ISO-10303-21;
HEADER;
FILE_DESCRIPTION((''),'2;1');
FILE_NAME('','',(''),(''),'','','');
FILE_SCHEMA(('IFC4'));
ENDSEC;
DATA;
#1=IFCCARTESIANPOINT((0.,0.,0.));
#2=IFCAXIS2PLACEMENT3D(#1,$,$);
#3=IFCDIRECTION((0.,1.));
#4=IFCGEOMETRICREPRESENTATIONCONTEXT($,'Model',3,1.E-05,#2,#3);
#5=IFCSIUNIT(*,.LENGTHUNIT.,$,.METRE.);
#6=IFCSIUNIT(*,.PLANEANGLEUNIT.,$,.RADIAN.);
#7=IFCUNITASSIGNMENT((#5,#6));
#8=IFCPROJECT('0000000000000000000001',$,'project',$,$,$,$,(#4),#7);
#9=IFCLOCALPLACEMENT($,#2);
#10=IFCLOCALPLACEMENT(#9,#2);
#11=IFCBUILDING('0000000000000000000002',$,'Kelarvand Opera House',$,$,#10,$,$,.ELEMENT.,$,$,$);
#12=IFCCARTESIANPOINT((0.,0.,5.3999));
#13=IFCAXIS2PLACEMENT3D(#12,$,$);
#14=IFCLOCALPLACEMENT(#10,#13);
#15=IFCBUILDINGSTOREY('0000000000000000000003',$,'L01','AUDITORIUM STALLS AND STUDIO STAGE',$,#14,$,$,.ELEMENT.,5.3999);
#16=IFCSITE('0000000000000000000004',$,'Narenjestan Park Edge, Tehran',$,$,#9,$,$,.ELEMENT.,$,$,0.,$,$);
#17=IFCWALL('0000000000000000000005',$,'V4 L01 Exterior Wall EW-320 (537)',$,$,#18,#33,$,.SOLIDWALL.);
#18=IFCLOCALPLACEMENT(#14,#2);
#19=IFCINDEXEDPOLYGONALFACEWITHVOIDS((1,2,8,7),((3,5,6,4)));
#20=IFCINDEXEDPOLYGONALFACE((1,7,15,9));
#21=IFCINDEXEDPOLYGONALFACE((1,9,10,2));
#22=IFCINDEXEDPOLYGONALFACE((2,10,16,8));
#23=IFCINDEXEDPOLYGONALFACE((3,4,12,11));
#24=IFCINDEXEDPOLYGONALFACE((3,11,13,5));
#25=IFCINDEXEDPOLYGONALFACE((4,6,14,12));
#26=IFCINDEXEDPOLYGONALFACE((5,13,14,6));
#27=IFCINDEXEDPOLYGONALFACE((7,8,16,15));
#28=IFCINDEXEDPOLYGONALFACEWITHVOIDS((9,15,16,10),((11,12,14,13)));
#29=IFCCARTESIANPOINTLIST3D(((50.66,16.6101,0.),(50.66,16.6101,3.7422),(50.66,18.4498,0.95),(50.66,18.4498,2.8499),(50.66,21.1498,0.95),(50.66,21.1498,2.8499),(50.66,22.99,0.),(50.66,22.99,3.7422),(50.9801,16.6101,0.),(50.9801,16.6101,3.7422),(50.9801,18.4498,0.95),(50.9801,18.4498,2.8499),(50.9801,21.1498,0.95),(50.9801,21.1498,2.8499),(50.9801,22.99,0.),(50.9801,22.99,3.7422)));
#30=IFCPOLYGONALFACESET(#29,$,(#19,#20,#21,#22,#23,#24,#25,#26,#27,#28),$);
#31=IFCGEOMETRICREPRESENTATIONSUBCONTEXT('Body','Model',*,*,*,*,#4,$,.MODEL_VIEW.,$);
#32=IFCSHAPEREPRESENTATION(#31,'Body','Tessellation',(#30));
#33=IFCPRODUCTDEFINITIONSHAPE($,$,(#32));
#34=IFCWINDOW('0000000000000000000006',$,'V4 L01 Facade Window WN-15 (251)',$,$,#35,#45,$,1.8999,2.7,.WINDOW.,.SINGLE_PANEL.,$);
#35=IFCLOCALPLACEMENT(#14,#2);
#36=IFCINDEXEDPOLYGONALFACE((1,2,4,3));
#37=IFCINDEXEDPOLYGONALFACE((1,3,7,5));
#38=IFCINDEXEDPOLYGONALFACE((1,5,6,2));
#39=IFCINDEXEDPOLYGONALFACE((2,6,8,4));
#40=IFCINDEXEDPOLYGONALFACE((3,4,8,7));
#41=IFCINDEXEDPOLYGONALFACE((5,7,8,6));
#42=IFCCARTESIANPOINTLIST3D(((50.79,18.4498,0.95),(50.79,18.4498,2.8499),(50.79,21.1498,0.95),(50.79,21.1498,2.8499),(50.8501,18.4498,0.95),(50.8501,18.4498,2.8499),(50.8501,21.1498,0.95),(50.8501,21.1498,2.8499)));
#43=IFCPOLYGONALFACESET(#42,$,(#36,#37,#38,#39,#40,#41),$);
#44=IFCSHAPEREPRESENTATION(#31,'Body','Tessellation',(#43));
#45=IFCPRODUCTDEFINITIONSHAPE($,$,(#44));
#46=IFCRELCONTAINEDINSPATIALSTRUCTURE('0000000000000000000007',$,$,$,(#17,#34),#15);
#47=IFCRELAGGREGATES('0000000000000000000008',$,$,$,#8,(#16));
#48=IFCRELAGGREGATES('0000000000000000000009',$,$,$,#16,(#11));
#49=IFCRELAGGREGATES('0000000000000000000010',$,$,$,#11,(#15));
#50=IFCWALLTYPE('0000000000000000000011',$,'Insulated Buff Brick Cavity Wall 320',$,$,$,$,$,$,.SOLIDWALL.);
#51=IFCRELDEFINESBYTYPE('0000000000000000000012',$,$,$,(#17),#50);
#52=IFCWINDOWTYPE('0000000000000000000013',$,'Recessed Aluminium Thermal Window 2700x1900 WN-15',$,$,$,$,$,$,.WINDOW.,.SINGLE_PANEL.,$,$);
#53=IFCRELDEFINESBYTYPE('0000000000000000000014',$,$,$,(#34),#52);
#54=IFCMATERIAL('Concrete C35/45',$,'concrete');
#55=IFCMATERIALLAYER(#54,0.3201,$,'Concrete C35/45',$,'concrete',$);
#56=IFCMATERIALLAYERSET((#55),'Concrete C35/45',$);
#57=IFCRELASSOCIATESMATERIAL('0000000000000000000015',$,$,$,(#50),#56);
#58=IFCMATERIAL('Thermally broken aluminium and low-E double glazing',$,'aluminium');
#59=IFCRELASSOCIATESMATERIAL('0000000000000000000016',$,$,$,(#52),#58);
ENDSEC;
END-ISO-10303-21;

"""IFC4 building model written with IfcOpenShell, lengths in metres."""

from ifc_helpers import new_model, si_unit, direction, frame, frame_2d, origin, place, context, subcontext, project, spatial, rectangle, extrude, material, layer, layer_set, type_object, element, fill, save


model = new_model("IFC4")

# Units and contexts
model_context = context("Model", 3, precision=1e-05, world=origin(), true_north=direction((0.0, 1.0)))
body_context = subcontext(model_context, "Body", "Model", "MODEL_VIEW")
ifc_project = project(units=[si_unit("LENGTHUNIT", "METRE"), si_unit("PLANEANGLEUNIT", "RADIAN")], contexts=[model_context])

# Site, building, storey
site_placement = place(None, origin())
site = spatial("IfcSite", under=ifc_project, at=site_placement, Name="Narenjestan Park Edge, Tehran", CompositionType="ELEMENT", RefElevation=0.0)
building_placement = place(site_placement, origin())
building = spatial("IfcBuilding", under=site, at=building_placement, Name="Kelarvand Opera House", CompositionType="ELEMENT")
storey_placement = place(building_placement, frame((0.0, 0.0, 5.3999)))
storey = spatial("IfcBuildingStorey", under=building, at=storey_placement, Name="L01", Description="AUDITORIUM STALLS AND STUDIO STAGE", CompositionType="ELEMENT", Elevation=5.3999)

# Wall, opening, window
ifc_material_1 = material(Name="Concrete C35/45", Category="concrete")
ifc_layer_1 = layer(ifc_material_1, 0.3201, Name="Concrete C35/45", Category="concrete")
ifc_layer_set_1 = layer_set([ifc_layer_1], Name="Concrete C35/45")
wall_type = type_object("IfcWallType", Name="Insulated Buff Brick Cavity Wall 320", PredefinedType="SOLIDWALL", material=ifc_layer_set_1)
wall_placement = place(storey_placement, frame((50.8201, 22.99, 0.0), z_axis=(0.0, 0.0, 1.0), x_axis=(0.0, -1.0, 0.0)))
wall = element("IfcWall", 1, at=wall_placement, inside=storey, type_object=wall_type, Name="V4 L01 Exterior Wall EW-320 (537)", PredefinedType="SOLIDWALL", context=body_context, shape_type="SweptSolid", body=[
    extrude(rectangle(XDim=6.3799, YDim=0.3201, at=frame_2d((3.1899, 0.0))), origin(), (0.0, 0.0, 1.0), 3.7422),
])
opening_placement = place(wall_placement, frame((1.8401, 0.0, 0.95)))
opening = element("IfcOpeningElement", 2, at=opening_placement, cuts=wall, PredefinedType="OPENING", context=body_context, shape_type="SweptSolid", body=[
    extrude(rectangle(XDim=2.7, YDim=1.8999, at=frame_2d((1.3501, 0.95))), frame((0.0, 0.1699, 0.0), z_axis=(0.0, -1.0, 0.0), x_axis=(1.0, 0.0, 0.0)), (0.0, 0.0, 1.0), 0.3401),
])
ifc_material_2 = material(Name="Thermally broken aluminium and low-E double glazing", Category="aluminium")
window_type = type_object("IfcWindowType", Name="Recessed Aluminium Thermal Window 2700x1900 WN-15", PartitioningType="SINGLE_PANEL", PredefinedType="WINDOW", material=ifc_material_2)
window_placement = place(opening_placement, origin())
window = element("IfcWindow", 3, at=window_placement, inside=storey, type_object=window_type, Name="V4 L01 Facade Window WN-15 (251)", OverallHeight=1.8999, OverallWidth=2.7, PartitioningType="SINGLE_PANEL", PredefinedType="WINDOW", context=body_context, shape_type="SweptSolid", body=[
    extrude(rectangle(XDim=2.7, YDim=1.8999, at=frame_2d((1.3501, 0.95))), frame((0.0, 0.03, 0.0), z_axis=(0.0, -1.0, 0.0), x_axis=(1.0, 0.0, 0.0)), (0.0, 0.0, 1.0), 0.0601),
])
fill(opening, window)

save(model, "model.ifc")
